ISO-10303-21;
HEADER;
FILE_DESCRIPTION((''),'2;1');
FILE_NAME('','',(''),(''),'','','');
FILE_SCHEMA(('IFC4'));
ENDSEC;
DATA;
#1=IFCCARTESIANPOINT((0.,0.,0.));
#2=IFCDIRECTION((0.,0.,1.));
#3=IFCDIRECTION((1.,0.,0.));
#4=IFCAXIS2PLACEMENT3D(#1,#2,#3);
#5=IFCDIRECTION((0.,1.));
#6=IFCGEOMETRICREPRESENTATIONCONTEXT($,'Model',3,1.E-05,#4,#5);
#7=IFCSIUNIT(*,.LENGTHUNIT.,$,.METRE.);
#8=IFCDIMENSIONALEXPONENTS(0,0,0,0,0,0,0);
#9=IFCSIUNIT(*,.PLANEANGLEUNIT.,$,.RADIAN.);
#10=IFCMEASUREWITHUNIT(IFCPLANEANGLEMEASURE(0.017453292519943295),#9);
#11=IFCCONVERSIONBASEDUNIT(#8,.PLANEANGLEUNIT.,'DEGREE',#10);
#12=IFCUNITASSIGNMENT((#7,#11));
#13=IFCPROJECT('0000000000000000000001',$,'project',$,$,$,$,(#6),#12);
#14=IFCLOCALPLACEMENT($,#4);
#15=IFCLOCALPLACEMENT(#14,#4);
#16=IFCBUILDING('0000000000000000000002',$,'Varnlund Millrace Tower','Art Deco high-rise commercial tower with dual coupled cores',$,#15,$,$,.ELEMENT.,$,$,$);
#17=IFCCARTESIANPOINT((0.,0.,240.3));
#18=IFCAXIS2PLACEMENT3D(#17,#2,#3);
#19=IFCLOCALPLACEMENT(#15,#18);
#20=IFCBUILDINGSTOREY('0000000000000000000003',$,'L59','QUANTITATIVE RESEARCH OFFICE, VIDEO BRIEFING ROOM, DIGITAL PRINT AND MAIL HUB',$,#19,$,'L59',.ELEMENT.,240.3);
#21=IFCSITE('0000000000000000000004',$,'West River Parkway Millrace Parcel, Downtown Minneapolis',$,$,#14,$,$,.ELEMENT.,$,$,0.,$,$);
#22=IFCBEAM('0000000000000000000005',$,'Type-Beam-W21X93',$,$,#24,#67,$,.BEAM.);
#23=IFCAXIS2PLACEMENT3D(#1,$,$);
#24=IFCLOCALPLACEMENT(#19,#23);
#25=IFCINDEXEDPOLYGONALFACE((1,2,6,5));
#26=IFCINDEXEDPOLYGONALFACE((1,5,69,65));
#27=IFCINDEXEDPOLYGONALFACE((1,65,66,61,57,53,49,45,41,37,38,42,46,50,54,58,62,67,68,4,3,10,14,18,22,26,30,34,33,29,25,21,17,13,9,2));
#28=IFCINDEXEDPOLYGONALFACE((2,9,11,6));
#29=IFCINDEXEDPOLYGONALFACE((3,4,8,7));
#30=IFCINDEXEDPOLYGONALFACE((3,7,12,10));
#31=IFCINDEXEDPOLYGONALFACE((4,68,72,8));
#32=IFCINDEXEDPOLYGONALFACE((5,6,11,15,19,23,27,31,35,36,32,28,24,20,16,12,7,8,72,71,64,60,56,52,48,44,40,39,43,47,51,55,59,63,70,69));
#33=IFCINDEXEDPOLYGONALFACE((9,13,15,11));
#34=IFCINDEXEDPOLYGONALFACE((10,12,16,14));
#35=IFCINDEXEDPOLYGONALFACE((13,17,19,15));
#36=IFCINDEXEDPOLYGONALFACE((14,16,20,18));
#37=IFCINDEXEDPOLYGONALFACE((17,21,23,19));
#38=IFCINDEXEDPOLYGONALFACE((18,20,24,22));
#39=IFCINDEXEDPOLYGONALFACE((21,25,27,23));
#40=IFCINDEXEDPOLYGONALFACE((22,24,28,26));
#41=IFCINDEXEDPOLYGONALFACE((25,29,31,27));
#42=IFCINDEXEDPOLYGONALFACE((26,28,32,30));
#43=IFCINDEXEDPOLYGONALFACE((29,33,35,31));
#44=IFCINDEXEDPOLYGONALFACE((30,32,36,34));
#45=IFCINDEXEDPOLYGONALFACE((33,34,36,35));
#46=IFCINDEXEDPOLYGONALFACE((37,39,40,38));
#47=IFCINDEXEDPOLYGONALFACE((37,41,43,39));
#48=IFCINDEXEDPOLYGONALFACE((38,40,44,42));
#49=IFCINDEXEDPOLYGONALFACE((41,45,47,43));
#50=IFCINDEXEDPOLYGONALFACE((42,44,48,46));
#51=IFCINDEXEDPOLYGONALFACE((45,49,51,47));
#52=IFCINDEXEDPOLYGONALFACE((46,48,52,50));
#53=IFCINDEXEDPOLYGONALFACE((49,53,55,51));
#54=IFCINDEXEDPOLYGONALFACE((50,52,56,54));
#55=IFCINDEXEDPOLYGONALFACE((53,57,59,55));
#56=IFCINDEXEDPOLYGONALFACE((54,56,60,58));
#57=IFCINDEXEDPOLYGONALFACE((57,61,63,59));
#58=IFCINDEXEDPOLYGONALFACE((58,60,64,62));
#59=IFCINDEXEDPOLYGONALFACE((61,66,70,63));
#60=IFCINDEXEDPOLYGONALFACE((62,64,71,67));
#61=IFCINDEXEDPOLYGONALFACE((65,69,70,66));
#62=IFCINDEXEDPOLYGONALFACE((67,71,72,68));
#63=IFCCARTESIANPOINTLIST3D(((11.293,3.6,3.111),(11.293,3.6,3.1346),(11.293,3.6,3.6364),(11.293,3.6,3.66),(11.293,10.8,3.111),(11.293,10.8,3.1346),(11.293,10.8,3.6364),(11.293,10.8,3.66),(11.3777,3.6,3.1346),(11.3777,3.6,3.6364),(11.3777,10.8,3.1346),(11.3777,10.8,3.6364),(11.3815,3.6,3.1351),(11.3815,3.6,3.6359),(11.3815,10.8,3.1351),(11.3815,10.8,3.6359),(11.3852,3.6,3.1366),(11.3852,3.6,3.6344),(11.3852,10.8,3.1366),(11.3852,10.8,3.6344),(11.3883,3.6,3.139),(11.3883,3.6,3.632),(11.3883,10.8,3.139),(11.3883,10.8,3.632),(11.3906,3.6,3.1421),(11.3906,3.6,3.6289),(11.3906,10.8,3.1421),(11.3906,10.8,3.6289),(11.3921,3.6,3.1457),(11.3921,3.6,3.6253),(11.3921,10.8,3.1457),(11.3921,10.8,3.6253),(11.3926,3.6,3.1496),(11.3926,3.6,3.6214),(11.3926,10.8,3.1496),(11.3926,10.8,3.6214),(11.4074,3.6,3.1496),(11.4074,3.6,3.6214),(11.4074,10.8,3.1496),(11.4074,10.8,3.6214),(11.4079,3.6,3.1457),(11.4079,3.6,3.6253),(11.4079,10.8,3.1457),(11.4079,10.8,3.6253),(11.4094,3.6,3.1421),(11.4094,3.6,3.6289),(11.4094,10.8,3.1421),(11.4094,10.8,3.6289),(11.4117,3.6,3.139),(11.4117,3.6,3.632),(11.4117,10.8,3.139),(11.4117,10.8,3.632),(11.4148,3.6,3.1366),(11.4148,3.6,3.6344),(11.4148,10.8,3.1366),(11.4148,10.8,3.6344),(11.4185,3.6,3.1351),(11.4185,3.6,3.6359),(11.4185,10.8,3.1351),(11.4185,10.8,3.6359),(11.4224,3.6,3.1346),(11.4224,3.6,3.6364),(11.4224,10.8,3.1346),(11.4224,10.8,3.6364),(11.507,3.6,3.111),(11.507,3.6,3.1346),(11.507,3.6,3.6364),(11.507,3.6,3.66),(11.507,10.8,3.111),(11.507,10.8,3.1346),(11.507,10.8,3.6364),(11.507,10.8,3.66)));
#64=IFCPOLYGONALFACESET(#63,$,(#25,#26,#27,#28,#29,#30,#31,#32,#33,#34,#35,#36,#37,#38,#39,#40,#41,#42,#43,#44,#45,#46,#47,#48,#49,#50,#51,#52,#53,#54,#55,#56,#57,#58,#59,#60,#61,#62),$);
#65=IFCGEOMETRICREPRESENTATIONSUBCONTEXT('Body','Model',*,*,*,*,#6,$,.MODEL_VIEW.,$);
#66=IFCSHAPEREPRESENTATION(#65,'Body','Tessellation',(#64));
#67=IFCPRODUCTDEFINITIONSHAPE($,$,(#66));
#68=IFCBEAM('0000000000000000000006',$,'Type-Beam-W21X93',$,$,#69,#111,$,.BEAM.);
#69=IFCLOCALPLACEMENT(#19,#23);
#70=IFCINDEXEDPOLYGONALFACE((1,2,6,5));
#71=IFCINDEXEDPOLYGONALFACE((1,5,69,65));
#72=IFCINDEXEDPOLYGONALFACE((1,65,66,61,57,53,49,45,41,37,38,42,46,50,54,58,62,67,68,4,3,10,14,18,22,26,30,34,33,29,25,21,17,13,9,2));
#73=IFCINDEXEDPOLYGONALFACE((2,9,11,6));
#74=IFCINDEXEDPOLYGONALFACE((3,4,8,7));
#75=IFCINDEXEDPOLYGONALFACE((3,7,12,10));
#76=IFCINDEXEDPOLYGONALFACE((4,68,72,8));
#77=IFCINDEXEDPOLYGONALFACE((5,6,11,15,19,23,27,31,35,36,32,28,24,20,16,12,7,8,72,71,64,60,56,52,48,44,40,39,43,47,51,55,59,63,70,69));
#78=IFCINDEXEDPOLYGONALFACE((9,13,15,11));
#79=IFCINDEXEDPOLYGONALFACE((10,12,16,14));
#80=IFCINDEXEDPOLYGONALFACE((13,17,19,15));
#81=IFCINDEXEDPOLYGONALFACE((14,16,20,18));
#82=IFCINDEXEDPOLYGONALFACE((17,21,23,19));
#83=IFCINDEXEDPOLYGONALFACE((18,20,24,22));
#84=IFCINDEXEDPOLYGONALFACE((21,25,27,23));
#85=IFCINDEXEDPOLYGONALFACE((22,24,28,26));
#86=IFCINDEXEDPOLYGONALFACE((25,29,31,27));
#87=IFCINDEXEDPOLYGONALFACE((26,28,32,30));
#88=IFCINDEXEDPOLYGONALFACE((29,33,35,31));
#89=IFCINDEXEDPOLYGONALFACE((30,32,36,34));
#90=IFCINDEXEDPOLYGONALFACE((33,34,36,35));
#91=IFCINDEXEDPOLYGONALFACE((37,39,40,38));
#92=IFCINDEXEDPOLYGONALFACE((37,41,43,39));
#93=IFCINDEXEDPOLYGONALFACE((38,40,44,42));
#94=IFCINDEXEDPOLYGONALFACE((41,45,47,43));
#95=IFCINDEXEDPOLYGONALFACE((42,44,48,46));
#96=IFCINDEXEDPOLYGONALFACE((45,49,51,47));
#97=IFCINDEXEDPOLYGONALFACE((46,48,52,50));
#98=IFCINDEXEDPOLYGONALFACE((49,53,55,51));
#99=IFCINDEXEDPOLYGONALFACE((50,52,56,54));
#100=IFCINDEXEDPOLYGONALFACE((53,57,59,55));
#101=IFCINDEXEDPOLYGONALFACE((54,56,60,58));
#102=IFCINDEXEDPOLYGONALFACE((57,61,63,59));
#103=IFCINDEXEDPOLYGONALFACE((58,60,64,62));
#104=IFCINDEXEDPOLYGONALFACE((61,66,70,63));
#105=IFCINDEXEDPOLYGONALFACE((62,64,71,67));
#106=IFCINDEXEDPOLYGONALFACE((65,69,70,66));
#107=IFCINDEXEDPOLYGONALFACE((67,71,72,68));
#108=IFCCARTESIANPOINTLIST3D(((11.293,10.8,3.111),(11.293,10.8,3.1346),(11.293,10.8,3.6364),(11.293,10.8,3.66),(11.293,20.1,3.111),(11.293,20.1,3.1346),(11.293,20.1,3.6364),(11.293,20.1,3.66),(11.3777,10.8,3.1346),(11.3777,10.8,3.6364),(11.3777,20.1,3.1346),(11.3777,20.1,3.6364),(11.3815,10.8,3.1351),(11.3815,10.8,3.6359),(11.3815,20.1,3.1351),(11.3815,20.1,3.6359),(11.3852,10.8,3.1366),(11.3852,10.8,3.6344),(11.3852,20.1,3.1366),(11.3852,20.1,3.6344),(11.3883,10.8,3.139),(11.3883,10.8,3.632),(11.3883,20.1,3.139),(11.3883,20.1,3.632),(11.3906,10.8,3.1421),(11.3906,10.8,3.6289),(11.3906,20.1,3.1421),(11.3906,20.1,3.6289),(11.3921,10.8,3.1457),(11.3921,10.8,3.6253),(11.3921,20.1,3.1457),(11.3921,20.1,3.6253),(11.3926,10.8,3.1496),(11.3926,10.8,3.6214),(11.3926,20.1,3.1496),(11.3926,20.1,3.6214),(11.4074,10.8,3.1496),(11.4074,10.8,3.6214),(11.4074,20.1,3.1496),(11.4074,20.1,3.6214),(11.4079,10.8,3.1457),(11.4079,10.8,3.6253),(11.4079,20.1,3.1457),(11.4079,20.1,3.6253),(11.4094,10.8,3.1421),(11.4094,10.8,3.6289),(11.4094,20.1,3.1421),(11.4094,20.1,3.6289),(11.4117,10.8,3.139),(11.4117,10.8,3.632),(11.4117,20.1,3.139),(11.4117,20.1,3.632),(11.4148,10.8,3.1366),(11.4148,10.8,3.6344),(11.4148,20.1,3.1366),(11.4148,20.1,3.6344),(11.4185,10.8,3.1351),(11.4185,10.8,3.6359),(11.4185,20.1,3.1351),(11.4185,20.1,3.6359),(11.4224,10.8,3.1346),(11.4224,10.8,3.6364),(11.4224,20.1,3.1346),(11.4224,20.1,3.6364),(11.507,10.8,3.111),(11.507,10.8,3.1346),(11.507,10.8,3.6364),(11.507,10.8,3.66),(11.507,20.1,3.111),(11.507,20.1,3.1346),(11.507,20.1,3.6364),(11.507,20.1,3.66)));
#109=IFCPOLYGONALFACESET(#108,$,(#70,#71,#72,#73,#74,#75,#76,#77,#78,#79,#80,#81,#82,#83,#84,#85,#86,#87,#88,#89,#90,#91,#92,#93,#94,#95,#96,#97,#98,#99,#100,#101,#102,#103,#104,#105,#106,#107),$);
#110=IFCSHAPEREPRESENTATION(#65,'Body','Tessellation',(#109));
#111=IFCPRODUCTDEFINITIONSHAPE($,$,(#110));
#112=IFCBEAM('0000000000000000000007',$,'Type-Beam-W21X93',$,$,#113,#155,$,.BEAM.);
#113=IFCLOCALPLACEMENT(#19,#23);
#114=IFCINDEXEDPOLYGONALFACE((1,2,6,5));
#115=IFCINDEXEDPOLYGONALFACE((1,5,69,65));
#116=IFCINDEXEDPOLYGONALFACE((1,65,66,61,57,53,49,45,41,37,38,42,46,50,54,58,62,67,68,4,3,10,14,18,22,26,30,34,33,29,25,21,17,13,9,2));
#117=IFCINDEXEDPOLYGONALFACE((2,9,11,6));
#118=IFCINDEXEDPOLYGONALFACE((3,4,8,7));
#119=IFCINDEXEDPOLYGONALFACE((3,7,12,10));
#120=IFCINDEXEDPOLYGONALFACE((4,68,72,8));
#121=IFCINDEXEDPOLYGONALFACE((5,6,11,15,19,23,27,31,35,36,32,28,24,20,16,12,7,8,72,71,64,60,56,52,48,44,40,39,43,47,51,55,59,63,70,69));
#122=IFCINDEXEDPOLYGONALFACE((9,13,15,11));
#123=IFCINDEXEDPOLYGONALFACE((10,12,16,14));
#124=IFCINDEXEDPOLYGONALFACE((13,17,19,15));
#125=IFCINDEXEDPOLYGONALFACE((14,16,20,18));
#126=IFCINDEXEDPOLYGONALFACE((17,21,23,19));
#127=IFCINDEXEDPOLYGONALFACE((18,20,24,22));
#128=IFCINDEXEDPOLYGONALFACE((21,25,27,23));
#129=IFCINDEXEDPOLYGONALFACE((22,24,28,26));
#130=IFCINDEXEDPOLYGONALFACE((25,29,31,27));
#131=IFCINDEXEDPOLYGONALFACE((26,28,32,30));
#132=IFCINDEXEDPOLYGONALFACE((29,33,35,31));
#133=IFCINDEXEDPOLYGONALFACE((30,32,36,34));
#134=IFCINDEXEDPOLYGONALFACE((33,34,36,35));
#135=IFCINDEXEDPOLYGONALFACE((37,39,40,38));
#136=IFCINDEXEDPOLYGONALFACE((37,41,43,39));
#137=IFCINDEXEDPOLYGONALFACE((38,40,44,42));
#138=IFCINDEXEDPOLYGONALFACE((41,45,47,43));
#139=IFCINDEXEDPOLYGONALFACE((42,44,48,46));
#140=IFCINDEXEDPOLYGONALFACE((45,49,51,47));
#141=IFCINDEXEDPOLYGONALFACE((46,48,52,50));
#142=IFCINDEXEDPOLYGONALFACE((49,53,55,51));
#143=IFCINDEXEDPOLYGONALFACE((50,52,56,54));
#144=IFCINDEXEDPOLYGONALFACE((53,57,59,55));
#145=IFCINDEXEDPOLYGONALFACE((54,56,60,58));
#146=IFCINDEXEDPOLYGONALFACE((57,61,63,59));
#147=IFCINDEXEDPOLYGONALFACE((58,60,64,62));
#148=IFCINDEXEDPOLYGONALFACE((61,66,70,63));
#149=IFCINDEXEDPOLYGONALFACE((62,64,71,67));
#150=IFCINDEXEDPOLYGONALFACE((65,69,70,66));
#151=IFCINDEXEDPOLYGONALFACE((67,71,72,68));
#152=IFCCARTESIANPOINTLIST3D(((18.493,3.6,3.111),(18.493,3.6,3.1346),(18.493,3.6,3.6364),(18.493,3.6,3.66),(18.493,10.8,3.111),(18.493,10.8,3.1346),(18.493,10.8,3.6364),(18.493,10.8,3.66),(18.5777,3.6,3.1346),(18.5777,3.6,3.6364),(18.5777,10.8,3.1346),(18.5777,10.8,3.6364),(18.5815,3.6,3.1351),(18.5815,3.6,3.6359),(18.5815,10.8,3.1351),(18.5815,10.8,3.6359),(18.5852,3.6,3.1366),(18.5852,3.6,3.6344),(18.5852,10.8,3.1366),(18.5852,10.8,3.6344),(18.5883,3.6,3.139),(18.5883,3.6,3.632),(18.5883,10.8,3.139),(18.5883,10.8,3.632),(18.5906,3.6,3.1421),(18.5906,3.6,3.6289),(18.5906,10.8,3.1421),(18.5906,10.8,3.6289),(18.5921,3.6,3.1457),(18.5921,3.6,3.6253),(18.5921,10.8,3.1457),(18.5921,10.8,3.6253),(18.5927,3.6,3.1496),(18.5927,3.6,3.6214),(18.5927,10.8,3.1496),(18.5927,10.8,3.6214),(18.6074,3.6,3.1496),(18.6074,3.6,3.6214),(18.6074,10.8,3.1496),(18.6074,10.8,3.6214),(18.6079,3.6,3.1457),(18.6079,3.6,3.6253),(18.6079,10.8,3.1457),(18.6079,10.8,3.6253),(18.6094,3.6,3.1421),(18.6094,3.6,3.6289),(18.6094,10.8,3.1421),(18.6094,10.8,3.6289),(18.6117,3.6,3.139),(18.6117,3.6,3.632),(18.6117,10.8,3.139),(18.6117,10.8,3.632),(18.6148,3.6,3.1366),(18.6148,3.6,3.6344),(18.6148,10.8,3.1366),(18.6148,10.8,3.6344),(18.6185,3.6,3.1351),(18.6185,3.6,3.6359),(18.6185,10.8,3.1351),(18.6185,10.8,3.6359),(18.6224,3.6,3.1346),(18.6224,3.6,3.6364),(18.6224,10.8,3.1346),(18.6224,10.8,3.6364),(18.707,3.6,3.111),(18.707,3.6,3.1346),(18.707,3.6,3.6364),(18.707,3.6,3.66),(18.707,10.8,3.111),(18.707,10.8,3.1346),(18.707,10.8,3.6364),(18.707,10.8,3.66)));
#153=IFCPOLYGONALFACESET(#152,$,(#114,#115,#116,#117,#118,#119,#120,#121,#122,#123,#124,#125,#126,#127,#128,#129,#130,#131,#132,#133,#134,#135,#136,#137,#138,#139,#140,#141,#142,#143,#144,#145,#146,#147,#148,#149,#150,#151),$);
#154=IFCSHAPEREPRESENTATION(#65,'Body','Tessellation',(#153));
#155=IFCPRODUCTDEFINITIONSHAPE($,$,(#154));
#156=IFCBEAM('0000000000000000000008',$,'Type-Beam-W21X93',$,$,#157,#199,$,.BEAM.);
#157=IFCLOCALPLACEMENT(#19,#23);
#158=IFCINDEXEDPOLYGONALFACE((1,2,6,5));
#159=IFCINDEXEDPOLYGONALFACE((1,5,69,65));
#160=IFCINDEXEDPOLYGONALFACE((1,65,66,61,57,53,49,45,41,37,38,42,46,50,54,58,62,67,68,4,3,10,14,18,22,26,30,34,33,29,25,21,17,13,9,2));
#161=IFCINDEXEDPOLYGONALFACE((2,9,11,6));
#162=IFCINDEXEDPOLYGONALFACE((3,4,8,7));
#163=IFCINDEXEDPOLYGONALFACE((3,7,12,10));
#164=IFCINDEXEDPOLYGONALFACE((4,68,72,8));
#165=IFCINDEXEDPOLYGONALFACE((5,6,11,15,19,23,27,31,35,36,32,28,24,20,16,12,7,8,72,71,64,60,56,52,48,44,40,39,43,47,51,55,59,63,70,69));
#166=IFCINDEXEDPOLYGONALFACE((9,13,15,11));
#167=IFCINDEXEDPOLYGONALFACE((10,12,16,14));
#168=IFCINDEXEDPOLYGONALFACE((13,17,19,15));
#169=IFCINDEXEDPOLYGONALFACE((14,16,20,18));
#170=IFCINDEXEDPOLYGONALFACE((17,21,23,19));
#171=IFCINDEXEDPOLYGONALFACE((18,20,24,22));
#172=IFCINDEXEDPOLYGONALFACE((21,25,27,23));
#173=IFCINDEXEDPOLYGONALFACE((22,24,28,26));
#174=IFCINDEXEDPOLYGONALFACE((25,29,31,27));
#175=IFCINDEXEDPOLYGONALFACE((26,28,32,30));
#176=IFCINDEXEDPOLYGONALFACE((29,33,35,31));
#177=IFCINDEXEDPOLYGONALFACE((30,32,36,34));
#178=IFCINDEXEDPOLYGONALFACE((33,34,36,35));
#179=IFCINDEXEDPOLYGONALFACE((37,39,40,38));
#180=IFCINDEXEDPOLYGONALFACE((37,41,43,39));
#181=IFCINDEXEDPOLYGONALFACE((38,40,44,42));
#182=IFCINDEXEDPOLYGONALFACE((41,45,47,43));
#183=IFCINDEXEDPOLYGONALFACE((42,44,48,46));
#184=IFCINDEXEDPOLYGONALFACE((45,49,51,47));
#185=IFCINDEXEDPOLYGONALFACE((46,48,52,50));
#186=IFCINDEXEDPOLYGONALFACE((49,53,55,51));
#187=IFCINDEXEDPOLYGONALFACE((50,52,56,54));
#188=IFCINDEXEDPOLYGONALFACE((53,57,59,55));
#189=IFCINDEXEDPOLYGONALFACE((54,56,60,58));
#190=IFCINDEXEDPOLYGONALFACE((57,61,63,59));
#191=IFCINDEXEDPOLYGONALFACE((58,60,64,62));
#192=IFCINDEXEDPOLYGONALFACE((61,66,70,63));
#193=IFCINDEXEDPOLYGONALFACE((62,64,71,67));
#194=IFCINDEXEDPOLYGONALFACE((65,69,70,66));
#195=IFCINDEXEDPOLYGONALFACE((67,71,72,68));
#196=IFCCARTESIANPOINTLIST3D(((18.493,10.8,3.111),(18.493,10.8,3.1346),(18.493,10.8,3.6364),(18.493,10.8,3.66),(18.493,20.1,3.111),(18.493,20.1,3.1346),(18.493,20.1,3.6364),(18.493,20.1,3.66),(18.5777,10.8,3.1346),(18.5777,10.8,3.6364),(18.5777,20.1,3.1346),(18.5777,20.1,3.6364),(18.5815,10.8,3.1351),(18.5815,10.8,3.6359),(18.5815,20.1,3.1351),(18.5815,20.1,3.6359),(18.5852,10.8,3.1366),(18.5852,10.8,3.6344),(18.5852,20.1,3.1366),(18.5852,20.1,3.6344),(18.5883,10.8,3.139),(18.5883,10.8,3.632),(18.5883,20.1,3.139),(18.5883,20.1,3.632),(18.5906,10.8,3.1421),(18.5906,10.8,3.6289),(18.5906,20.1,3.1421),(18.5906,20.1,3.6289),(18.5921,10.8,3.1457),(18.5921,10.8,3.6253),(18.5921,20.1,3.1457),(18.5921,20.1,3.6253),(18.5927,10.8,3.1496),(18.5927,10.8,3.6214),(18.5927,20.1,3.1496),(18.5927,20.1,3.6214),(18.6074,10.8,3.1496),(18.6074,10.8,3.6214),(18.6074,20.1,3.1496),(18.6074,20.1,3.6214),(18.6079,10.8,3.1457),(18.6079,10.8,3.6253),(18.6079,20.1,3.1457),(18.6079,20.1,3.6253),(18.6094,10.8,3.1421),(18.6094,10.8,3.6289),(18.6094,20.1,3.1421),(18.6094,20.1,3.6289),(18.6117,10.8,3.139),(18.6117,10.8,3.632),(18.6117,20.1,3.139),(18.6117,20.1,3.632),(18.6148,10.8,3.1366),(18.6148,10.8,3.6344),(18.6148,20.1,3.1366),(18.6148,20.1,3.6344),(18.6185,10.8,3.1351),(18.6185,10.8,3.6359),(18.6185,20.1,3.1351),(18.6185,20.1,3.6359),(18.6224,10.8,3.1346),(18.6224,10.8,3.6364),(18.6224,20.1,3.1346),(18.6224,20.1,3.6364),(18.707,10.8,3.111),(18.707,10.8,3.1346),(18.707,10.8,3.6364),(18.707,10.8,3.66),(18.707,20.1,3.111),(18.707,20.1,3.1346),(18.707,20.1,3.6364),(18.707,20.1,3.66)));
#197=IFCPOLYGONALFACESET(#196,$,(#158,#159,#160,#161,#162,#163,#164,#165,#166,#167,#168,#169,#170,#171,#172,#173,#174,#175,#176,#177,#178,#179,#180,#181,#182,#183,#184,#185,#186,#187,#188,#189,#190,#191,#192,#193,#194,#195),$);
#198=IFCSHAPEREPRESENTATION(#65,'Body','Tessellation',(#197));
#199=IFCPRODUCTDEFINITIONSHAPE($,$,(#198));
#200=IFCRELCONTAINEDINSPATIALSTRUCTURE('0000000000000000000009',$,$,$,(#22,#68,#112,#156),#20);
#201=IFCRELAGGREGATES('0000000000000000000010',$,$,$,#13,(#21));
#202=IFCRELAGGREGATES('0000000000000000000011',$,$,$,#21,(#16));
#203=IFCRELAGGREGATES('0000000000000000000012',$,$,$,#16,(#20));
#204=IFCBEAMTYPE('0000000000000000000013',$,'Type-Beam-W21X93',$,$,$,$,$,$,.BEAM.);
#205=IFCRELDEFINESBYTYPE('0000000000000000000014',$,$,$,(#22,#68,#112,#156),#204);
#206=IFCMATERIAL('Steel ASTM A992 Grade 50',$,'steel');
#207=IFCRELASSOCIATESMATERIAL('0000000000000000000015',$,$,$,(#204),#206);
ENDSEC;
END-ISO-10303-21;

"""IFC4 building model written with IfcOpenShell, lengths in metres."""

from ifc_helpers import new_model, entity, si_unit, converted_unit, direction, frame, origin_with_axes, origin_2d_with_axis, place, context, subcontext, project, spatial, i_section, extrude, material, material_profile, profile_set, type_object, element, save


model = new_model("IFC4")

# Units and contexts
model_context = context("Model", 3, precision=1e-05, world=origin_with_axes(), true_north=direction((0.0, 1.0)))
body_context = subcontext(model_context, "Body", "Model", "MODEL_VIEW")
ifc_project = project(units=[si_unit("LENGTHUNIT", "METRE"), converted_unit("PLANEANGLEUNIT", "DEGREE", entity("IfcPlaneAngleMeasure", 0.017453292519943295), si_unit("PLANEANGLEUNIT", "RADIAN"), dimensions=[0, 0, 0, 0, 0, 0, 0])], contexts=[model_context])

# Site, building, storey
site_placement = place(None, origin_with_axes())
site = spatial("IfcSite", under=ifc_project, at=site_placement, Name="West River Parkway Millrace Parcel, Downtown Minneapolis", CompositionType="ELEMENT", RefElevation=0.0)
building_placement = place(site_placement, origin_with_axes())
building = spatial("IfcBuilding", under=site, at=building_placement, Name="Varnlund Millrace Tower", Description="Art Deco high-rise commercial tower with dual coupled cores", CompositionType="ELEMENT")
storey_placement = place(building_placement, frame((0.0, 0.0, 240.3), z_axis=(0.0, 0.0, 1.0), x_axis=(1.0, 0.0, 0.0)))
storey = spatial("IfcBuildingStorey", under=building, at=storey_placement, Name="L59", Description="QUANTITATIVE RESEARCH OFFICE, VIDEO BRIEFING ROOM, DIGITAL PRINT AND MAIL HUB", LongName="L59", CompositionType="ELEMENT", Elevation=240.3)

# Beams
ifc_material_1 = material(Name="Steel ASTM A992 Grade 50", Category="steel")
ifc_material_profile_1 = material_profile(ifc_material_1, i_section(OverallWidth=0.214, OverallDepth=0.549, WebThickness=0.0147, FlangeThickness=0.0236, FilletRadius=0.015, at=origin_2d_with_axis()), Name="Steel ASTM A992 Grade 50")
ifc_profile_set_1 = profile_set([ifc_material_profile_1], Name="Steel ASTM A992 Grade 50")
beam_type_1 = type_object("IfcBeamType", Name="Type-Beam-W21X93", PredefinedType="BEAM", material=ifc_profile_set_1)
beam_1_placement = place(storey_placement, frame((11.4, 3.6, 3.3855), z_axis=(0.0, 1.0, 0.0), x_axis=(-1.0, 0.0, 0.0)))
element("IfcBeam", 1, at=beam_1_placement, inside=storey, type_object=beam_type_1, Name="Type-Beam-W21X93", PredefinedType="BEAM", context=body_context, shape_type="SweptSolid", body=[
    extrude(i_section(OverallWidth=0.214, OverallDepth=0.549, WebThickness=0.0147, FlangeThickness=0.0236, FilletRadius=0.015, at=origin_2d_with_axis()), origin_with_axes(), (0.0, 0.0, 1.0), 7.2),
])
beam_2_placement = place(storey_placement, frame((11.4, 10.8, 3.3855), z_axis=(0.0, 1.0, 0.0), x_axis=(-1.0, 0.0, 0.0)))
element("IfcBeam", 2, at=beam_2_placement, inside=storey, type_object=beam_type_1, Name="Type-Beam-W21X93", PredefinedType="BEAM", context=body_context, shape_type="SweptSolid", body=[
    extrude(i_section(OverallWidth=0.214, OverallDepth=0.549, WebThickness=0.0147, FlangeThickness=0.0236, FilletRadius=0.015, at=origin_2d_with_axis()), origin_with_axes(), (0.0, 0.0, 1.0), 9.3),
])
beam_3_placement = place(storey_placement, frame((18.6, 3.6, 3.3855), z_axis=(0.0, 1.0, 0.0), x_axis=(-1.0, 0.0, 0.0)))
element("IfcBeam", 3, at=beam_3_placement, inside=storey, type_object=beam_type_1, Name="Type-Beam-W21X93", PredefinedType="BEAM", context=body_context, shape_type="SweptSolid", body=[
    extrude(i_section(OverallWidth=0.214, OverallDepth=0.549, WebThickness=0.0147, FlangeThickness=0.0236, FilletRadius=0.015, at=origin_2d_with_axis()), origin_with_axes(), (0.0, 0.0, 1.0), 7.2),
])
beam_4_placement = place(storey_placement, frame((18.6, 10.8, 3.3855), z_axis=(0.0, 1.0, 0.0), x_axis=(-1.0, 0.0, 0.0)))
element("IfcBeam", 4, at=beam_4_placement, inside=storey, type_object=beam_type_1, Name="Type-Beam-W21X93", PredefinedType="BEAM", context=body_context, shape_type="SweptSolid", body=[
    extrude(i_section(OverallWidth=0.214, OverallDepth=0.549, WebThickness=0.0147, FlangeThickness=0.0236, FilletRadius=0.015, at=origin_2d_with_axis()), origin_with_axes(), (0.0, 0.0, 1.0), 9.3),
])

save(model, "model.ifc")
